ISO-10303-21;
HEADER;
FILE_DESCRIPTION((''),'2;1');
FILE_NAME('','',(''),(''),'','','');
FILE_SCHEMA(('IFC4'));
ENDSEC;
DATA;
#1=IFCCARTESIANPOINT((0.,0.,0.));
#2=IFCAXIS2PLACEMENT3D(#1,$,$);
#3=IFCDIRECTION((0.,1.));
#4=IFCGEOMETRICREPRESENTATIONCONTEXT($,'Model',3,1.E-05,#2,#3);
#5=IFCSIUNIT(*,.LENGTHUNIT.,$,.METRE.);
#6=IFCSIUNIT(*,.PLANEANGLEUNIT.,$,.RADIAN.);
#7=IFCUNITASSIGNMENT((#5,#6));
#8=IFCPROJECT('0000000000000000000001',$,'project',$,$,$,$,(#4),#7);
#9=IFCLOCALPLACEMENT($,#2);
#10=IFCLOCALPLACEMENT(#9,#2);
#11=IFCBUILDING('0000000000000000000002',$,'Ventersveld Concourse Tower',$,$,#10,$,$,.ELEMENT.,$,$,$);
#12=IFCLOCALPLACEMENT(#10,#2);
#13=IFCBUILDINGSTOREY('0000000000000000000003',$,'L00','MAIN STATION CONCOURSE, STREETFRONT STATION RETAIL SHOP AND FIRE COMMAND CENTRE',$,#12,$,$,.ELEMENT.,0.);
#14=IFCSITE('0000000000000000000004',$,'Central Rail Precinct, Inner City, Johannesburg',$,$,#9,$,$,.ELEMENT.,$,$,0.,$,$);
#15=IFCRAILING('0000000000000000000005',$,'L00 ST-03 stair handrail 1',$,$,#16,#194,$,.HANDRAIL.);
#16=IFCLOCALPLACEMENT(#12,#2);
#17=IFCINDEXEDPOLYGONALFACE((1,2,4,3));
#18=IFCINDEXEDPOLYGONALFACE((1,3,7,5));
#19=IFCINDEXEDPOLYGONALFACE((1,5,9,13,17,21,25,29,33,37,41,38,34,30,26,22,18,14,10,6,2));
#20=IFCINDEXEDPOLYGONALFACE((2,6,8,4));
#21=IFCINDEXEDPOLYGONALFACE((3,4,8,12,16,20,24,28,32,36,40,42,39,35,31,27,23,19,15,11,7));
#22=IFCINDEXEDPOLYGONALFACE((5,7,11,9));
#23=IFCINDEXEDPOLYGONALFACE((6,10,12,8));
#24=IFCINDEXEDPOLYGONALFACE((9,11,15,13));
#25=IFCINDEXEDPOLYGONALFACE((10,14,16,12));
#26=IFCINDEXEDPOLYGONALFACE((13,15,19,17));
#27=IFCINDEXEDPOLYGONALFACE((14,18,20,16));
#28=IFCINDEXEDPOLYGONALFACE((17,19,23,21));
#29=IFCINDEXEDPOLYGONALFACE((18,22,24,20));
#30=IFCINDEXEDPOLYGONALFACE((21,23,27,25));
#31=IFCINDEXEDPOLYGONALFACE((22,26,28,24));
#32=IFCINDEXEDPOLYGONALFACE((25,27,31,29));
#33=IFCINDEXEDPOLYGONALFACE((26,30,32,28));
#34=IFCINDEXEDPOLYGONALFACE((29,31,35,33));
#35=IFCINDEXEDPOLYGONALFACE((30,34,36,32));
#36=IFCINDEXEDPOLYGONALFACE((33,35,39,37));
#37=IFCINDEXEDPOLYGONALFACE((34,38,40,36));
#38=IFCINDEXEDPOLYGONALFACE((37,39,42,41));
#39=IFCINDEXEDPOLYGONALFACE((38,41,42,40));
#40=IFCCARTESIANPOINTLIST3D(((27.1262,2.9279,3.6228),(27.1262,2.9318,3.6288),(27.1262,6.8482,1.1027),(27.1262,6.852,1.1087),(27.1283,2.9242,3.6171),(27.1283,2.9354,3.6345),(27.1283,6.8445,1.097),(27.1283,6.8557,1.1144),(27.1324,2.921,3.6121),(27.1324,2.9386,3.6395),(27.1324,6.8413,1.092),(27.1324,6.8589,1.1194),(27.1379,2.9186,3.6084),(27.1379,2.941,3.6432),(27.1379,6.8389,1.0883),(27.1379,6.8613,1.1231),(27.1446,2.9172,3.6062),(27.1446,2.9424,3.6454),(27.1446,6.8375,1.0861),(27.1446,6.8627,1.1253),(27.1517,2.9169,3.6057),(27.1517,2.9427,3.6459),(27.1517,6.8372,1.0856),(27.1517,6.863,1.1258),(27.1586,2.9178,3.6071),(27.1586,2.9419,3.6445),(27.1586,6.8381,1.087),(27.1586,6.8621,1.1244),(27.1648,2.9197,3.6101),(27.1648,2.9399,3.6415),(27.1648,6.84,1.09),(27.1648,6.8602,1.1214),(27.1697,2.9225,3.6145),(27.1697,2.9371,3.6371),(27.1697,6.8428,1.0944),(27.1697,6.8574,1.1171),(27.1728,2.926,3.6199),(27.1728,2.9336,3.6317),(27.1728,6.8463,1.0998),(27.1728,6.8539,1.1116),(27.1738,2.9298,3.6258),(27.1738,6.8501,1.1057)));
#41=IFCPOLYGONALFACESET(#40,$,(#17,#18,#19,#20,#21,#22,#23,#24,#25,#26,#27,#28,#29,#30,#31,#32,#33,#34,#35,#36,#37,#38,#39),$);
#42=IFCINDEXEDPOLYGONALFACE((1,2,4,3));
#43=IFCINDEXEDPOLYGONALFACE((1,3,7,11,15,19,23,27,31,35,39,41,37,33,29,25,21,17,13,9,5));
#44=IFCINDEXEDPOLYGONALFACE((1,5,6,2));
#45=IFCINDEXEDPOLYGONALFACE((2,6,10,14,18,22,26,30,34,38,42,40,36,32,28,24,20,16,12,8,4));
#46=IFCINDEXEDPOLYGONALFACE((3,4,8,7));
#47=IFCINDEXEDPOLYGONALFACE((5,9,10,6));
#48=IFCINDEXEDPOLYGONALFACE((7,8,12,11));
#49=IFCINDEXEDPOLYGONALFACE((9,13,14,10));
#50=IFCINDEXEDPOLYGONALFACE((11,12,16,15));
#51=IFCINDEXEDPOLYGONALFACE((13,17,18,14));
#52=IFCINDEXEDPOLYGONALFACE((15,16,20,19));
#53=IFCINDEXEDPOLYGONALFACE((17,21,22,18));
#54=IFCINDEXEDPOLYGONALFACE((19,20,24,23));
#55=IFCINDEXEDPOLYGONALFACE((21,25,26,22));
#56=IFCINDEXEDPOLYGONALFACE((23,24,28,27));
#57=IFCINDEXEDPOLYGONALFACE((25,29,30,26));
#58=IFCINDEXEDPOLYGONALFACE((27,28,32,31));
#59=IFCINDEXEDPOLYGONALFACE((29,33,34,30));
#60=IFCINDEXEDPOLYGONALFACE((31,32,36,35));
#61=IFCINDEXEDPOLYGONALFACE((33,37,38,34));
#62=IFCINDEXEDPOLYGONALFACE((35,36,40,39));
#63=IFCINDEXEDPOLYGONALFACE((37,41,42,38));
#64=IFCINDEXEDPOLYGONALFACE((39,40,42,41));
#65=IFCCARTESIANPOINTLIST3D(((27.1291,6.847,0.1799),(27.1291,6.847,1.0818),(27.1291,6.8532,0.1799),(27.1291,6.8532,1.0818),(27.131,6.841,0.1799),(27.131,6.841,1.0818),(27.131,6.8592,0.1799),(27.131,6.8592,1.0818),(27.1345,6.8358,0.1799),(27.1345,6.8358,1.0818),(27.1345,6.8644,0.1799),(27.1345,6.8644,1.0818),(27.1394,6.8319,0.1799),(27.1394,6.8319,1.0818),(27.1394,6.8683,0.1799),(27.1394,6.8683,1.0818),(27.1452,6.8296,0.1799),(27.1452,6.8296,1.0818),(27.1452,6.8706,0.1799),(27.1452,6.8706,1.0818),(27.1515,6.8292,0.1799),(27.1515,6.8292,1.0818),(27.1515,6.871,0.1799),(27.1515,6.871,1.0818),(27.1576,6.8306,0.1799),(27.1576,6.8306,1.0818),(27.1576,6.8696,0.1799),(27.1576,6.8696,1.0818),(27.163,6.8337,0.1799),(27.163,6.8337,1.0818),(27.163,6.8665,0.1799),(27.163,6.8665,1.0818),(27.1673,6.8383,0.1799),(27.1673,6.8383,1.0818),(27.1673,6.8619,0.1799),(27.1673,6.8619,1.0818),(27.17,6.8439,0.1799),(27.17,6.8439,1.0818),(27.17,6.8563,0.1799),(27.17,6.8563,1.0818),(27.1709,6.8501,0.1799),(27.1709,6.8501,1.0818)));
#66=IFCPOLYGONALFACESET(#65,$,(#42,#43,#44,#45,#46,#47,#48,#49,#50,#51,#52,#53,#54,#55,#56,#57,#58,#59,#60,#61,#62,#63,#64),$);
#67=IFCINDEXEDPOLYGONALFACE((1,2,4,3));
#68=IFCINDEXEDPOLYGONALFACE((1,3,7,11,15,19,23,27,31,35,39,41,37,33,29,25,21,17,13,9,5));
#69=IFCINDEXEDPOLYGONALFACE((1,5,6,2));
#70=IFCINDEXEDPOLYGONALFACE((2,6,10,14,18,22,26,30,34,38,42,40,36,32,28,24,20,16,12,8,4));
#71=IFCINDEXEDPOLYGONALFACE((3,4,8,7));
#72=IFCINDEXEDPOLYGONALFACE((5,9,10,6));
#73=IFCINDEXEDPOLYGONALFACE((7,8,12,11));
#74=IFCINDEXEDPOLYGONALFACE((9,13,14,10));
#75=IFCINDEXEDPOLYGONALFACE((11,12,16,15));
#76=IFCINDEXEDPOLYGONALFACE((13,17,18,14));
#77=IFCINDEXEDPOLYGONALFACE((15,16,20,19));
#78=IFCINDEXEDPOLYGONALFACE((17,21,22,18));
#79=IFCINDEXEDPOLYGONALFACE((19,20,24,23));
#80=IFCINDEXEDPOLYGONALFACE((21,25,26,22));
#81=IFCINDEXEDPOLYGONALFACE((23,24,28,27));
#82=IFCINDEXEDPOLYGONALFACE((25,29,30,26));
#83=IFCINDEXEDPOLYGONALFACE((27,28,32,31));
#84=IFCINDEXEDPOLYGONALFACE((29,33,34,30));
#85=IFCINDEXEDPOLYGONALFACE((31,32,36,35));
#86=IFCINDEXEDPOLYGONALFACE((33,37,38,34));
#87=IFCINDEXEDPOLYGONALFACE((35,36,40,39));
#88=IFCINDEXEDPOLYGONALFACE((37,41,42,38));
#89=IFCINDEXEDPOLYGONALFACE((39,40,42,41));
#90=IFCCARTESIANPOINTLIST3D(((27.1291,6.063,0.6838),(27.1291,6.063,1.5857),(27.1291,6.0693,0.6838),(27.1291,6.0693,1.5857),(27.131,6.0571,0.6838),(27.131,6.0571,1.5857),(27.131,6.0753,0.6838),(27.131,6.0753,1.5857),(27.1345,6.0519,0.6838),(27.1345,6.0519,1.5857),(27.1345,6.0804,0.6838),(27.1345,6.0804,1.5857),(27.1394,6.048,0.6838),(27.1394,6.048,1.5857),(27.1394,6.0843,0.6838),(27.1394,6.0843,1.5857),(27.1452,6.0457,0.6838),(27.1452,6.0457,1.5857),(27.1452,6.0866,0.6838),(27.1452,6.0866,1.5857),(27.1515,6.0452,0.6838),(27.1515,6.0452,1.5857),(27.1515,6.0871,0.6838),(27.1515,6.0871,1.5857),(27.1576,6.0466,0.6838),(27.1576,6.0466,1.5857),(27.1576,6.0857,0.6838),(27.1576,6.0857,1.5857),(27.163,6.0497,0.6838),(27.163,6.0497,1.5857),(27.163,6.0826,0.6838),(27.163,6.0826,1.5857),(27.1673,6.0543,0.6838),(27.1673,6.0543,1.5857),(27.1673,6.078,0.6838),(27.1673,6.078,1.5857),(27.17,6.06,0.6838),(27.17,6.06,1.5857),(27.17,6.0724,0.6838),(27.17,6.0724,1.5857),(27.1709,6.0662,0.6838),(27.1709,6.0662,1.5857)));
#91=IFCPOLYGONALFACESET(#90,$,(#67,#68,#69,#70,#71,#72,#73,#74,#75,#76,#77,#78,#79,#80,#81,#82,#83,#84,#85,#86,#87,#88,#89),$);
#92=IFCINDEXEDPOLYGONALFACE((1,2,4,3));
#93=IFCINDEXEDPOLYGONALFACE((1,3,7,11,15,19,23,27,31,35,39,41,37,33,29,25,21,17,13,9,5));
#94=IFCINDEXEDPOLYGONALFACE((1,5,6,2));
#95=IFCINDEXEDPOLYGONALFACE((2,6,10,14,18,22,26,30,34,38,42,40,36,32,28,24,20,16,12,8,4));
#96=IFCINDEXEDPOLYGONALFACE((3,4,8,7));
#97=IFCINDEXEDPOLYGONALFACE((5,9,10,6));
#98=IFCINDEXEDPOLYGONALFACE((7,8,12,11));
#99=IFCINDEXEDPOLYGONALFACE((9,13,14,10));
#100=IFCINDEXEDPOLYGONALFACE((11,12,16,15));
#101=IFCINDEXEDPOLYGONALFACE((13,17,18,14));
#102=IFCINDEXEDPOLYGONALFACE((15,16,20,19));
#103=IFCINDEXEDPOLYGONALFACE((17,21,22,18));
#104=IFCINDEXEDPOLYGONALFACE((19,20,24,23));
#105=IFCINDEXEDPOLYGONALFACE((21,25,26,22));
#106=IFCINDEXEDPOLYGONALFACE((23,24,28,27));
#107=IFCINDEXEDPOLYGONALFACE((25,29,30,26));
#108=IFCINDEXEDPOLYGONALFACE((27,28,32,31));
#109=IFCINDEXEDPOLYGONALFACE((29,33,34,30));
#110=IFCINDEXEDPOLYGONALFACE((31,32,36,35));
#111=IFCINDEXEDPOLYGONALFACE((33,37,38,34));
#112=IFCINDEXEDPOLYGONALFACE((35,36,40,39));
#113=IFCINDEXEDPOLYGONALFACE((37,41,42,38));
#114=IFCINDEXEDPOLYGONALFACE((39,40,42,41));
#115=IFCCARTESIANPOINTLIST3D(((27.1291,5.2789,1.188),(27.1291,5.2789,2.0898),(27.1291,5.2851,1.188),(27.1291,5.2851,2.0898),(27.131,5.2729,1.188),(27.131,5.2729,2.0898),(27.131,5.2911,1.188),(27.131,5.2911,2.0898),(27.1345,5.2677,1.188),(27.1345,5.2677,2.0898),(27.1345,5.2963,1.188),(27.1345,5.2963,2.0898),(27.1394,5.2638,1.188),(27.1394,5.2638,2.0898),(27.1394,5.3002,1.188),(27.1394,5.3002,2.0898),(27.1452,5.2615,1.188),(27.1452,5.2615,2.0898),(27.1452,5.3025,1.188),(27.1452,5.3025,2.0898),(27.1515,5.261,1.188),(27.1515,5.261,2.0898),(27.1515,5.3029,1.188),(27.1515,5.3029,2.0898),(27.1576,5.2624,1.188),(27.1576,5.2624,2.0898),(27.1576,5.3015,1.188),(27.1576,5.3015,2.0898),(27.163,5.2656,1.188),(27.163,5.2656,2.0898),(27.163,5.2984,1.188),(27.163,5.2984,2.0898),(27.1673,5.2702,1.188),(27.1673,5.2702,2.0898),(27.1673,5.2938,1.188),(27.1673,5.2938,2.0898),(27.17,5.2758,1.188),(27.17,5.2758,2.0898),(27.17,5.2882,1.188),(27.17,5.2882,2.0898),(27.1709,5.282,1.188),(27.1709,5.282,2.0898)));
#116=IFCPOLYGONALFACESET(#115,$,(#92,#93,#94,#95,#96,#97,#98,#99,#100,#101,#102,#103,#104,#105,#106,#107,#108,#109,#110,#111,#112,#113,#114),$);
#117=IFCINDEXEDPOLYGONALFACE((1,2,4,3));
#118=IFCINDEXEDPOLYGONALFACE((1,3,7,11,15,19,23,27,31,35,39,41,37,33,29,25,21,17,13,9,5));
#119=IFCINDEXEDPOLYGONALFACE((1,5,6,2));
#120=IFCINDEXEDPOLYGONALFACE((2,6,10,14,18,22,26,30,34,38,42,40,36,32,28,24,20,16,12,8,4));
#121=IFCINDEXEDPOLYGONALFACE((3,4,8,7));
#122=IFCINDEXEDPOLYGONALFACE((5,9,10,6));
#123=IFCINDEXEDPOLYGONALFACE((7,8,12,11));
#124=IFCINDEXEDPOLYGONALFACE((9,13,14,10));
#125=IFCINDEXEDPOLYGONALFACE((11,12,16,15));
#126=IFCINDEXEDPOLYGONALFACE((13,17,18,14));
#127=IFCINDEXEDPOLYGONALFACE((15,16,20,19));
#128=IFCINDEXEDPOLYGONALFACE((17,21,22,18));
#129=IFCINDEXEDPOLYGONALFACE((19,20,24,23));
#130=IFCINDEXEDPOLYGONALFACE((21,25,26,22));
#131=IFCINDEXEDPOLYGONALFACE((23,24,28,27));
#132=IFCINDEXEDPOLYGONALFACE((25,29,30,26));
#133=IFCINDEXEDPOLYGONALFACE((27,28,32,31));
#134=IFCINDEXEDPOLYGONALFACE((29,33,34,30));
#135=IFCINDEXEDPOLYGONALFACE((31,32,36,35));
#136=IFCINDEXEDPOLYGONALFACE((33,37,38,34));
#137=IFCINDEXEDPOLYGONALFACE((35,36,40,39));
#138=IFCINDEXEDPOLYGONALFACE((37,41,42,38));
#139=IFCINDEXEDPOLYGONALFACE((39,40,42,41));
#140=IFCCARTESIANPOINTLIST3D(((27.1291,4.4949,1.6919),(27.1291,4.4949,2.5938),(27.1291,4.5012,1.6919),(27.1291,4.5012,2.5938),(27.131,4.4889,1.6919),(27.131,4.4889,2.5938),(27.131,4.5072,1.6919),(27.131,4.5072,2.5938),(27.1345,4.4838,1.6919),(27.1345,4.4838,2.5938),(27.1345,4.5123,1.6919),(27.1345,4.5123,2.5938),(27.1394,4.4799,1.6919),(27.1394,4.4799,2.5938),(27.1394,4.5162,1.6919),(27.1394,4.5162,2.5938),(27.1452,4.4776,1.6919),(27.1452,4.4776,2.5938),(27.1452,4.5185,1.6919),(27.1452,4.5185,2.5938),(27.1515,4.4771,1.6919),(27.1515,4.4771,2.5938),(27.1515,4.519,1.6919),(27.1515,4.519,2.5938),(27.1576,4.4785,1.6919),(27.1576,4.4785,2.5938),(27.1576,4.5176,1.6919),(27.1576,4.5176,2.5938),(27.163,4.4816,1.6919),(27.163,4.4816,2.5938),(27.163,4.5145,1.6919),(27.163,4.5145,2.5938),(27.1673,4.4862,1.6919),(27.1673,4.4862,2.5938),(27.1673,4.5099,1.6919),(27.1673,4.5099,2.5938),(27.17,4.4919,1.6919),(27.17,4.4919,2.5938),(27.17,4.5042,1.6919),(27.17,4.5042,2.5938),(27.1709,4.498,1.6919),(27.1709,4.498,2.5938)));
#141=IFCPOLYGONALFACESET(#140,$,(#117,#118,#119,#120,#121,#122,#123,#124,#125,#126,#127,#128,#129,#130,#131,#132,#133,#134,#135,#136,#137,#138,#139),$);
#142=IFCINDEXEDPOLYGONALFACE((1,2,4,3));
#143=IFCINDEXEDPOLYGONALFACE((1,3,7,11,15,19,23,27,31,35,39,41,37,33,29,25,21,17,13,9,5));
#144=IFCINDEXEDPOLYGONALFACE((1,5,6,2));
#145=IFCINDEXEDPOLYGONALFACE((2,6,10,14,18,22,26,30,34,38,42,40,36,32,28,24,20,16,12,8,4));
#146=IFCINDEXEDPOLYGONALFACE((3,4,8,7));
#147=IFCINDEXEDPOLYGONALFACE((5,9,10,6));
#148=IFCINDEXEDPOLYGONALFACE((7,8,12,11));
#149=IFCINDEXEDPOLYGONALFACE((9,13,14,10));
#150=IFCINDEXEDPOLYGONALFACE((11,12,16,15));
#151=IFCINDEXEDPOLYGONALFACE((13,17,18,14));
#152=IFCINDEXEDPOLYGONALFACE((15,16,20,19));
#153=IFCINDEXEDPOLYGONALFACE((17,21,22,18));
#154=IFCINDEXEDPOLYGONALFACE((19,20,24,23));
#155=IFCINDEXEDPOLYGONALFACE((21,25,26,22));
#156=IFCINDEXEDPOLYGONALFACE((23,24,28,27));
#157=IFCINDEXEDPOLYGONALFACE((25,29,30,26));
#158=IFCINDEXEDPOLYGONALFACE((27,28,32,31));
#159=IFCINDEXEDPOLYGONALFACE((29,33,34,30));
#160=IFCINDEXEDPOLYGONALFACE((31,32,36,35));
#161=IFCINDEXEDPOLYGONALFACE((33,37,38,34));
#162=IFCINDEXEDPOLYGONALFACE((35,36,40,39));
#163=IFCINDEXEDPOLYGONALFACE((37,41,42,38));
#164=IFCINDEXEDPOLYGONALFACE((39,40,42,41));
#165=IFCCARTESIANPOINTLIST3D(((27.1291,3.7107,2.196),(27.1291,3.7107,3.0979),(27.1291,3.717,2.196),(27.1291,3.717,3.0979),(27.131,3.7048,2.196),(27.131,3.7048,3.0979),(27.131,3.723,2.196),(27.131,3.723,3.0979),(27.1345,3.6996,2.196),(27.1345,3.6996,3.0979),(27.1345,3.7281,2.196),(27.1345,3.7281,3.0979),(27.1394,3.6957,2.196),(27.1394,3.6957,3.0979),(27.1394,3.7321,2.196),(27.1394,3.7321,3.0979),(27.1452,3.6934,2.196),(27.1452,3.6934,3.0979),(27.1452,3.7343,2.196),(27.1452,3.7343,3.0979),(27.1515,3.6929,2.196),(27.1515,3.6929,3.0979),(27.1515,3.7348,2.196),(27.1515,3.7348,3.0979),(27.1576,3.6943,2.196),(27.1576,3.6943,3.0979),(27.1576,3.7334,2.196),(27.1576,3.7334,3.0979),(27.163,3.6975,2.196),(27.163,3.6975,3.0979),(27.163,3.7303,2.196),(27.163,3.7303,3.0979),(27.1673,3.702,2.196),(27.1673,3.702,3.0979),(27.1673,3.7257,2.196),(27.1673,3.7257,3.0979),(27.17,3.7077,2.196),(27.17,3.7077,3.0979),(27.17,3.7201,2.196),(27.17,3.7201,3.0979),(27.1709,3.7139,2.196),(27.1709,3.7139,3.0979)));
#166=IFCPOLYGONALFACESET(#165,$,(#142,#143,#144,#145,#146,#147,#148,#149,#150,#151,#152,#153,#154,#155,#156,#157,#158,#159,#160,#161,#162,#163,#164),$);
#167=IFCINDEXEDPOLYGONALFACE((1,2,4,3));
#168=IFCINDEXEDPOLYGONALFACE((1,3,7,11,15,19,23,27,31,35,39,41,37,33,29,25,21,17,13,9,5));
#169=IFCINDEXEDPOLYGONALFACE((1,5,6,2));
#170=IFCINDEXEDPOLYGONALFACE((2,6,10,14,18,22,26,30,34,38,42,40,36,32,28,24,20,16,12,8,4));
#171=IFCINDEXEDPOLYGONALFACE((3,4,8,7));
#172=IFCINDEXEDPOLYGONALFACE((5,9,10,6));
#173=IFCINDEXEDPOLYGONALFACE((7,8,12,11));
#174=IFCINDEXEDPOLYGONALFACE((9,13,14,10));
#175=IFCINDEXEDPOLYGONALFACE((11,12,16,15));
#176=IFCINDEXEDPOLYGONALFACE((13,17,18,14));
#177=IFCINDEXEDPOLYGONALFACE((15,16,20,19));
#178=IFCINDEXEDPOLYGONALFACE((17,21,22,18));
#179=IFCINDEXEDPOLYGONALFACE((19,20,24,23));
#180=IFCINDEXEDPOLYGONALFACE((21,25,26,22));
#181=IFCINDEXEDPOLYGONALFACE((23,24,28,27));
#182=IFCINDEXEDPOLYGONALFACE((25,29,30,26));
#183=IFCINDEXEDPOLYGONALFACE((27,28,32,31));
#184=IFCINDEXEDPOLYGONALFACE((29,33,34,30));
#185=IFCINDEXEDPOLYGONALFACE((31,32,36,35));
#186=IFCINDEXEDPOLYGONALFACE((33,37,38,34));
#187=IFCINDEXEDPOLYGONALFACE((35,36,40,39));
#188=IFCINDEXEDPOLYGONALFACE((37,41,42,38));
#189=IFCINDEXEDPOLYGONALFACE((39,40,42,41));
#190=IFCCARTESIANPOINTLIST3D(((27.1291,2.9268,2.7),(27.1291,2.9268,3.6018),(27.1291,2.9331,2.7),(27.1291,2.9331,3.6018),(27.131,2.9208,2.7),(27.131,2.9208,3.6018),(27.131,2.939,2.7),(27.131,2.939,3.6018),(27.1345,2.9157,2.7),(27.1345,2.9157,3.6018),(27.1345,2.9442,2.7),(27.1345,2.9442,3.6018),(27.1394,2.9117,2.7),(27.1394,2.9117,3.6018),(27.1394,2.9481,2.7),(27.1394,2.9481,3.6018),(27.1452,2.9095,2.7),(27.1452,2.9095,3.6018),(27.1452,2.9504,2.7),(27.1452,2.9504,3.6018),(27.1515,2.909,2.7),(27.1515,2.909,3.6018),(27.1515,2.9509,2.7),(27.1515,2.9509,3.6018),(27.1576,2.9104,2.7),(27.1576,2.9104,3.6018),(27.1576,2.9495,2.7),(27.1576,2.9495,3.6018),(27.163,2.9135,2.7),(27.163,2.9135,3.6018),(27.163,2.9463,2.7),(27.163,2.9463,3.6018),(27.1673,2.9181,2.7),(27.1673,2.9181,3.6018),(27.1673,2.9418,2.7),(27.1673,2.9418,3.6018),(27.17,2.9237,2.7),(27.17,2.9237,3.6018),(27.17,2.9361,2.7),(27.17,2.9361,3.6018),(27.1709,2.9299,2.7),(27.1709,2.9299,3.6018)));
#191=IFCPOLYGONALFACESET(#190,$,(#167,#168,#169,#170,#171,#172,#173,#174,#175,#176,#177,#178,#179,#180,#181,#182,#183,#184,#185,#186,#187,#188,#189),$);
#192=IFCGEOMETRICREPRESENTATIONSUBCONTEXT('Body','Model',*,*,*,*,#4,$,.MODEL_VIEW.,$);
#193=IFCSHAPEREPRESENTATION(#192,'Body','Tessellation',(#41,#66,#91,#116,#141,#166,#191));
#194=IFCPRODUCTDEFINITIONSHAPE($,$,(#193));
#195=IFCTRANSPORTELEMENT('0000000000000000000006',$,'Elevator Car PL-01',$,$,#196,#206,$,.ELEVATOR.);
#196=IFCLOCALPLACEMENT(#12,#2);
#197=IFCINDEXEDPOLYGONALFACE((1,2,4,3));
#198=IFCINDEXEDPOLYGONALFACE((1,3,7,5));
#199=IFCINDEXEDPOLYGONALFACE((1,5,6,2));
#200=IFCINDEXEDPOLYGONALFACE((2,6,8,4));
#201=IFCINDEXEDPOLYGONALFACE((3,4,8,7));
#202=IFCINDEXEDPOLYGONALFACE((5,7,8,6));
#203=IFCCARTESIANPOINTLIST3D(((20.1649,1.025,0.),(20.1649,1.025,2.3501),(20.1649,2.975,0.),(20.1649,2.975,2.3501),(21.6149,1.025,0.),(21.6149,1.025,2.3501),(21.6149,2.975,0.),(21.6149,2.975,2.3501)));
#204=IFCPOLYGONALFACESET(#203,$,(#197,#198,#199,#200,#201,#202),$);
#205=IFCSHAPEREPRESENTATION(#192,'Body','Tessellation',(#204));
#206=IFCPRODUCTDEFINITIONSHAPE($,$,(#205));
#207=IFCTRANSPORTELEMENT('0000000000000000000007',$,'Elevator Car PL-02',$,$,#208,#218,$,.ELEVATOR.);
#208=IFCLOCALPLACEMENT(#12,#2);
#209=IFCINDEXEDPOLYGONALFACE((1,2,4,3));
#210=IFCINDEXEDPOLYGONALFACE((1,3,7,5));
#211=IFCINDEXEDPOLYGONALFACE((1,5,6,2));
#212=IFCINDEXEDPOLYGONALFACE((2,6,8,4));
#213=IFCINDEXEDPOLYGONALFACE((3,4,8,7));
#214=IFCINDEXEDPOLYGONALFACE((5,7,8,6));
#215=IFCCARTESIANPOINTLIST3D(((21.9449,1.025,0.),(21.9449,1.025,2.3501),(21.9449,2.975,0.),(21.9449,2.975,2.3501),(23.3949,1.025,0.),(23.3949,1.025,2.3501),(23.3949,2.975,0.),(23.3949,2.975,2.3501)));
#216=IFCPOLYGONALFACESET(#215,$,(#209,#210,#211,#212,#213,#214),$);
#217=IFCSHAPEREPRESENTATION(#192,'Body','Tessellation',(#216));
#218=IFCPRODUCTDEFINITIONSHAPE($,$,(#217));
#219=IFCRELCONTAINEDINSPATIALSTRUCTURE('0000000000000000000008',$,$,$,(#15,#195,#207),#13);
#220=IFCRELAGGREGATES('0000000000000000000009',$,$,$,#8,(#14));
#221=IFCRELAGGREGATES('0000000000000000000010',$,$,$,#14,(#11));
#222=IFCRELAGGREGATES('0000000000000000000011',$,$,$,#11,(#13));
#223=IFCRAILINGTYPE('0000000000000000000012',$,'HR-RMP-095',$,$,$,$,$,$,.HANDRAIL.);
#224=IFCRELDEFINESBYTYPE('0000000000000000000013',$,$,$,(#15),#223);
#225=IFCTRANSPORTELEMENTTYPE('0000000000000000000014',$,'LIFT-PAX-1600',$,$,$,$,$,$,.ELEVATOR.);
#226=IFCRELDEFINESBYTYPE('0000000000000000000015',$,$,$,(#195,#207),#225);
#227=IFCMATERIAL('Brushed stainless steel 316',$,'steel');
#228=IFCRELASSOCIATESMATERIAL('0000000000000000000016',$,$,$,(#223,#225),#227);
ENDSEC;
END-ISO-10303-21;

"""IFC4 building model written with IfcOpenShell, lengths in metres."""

from ifc_helpers import new_model, si_unit, direction, frame, origin, origin_2d, place, context, subcontext, project, spatial, rectangle, circle, extrude, material, type_object, element, save


model = new_model("IFC4")

# Units and contexts
model_context = context("Model", 3, precision=1e-05, world=origin(), true_north=direction((0.0, 1.0)))
body_context = subcontext(model_context, "Body", "Model", "MODEL_VIEW")
ifc_project = project(units=[si_unit("LENGTHUNIT", "METRE"), si_unit("PLANEANGLEUNIT", "RADIAN")], contexts=[model_context])

# Site, building, storey
site_placement = place(None, origin())
site = spatial("IfcSite", under=ifc_project, at=site_placement, Name="Central Rail Precinct, Inner City, Johannesburg", CompositionType="ELEMENT", RefElevation=0.0)
building_placement = place(site_placement, origin())
building = spatial("IfcBuilding", under=site, at=building_placement, Name="Ventersveld Concourse Tower", CompositionType="ELEMENT")
storey_placement = place(building_placement, origin())
storey = spatial("IfcBuildingStorey", under=building, at=storey_placement, Name="L00", Description="MAIN STATION CONCOURSE, STREETFRONT STATION RETAIL SHOP AND FIRE COMMAND CENTRE", CompositionType="ELEMENT", Elevation=0.0)

# Shared definitions
ifc_material_1 = material(Name="Brushed stainless steel 316", Category="steel")

# Railing
railing_type_1 = type_object("IfcRailingType", Name="HR-RMP-095", PredefinedType="HANDRAIL", material=ifc_material_1)
railing_1_placement = place(storey_placement, frame((27.1499, 6.8501, 0.1799)))
element("IfcRailing", 1, at=railing_1_placement, inside=storey, type_object=railing_type_1, Name="L00 ST-03 stair handrail 1", PredefinedType="HANDRAIL", context=body_context, shape_type="SweptSolid", body=[
    extrude(circle(Radius=0.0239, at=origin_2d()), frame((0.0, 0.0, 0.9258), z_axis=(0.0, -0.841187, 0.540744), x_axis=(1.0, 0.0, 0.0)), (0.0, 0.0, 1.0), 4.6604),
    extrude(circle(Radius=0.021, at=origin_2d()), origin(), (0.0, 0.0, 1.0), 0.9019),
    extrude(circle(Radius=0.021, at=origin_2d()), frame((0.0, -0.7839, 0.5039)), (0.0, 0.0, 1.0), 0.9019),
    extrude(circle(Radius=0.021, at=origin_2d()), frame((0.0, -1.5681, 1.0081)), (0.0, 0.0, 1.0), 0.9019),
    extrude(circle(Radius=0.021, at=origin_2d()), frame((0.0, -2.3521, 1.512)), (0.0, 0.0, 1.0), 0.9019),
    extrude(circle(Radius=0.021, at=origin_2d()), frame((0.0, -3.1362, 2.0161)), (0.0, 0.0, 1.0), 0.9019),
    extrude(circle(Radius=0.021, at=origin_2d()), frame((0.0, -3.9202, 2.52)), (0.0, 0.0, 1.0), 0.9019),
])

# Transport elements
transport_element_type_1 = type_object("IfcTransportElementType", Name="LIFT-PAX-1600", PredefinedType="ELEVATOR", material=ifc_material_1)
for number, where, z_axis, x_axis, name in (
    (2, (20.8899, 2.0, 0.0), (0.0, 0.0, 1.0), (1.0, 0.0, 0.0), "Elevator Car PL-01"),
    (3, (22.6699, 2.0, 0.0), (0.0, 0.0, 1.0), (1.0, 0.0, 0.0), "Elevator Car PL-02"),
):
    element("IfcTransportElement", number, at=place(storey_placement, frame(where, z_axis=z_axis, x_axis=x_axis)), inside=storey, type_object=transport_element_type_1, Name=name, PredefinedType="ELEVATOR", context=body_context, shape_type="SweptSolid", body=[
        extrude(rectangle(XDim=1.45, YDim=1.95, at=origin_2d()), origin(), (0.0, 0.0, 1.0), 2.3501),
    ])

save(model, "model.ifc")
